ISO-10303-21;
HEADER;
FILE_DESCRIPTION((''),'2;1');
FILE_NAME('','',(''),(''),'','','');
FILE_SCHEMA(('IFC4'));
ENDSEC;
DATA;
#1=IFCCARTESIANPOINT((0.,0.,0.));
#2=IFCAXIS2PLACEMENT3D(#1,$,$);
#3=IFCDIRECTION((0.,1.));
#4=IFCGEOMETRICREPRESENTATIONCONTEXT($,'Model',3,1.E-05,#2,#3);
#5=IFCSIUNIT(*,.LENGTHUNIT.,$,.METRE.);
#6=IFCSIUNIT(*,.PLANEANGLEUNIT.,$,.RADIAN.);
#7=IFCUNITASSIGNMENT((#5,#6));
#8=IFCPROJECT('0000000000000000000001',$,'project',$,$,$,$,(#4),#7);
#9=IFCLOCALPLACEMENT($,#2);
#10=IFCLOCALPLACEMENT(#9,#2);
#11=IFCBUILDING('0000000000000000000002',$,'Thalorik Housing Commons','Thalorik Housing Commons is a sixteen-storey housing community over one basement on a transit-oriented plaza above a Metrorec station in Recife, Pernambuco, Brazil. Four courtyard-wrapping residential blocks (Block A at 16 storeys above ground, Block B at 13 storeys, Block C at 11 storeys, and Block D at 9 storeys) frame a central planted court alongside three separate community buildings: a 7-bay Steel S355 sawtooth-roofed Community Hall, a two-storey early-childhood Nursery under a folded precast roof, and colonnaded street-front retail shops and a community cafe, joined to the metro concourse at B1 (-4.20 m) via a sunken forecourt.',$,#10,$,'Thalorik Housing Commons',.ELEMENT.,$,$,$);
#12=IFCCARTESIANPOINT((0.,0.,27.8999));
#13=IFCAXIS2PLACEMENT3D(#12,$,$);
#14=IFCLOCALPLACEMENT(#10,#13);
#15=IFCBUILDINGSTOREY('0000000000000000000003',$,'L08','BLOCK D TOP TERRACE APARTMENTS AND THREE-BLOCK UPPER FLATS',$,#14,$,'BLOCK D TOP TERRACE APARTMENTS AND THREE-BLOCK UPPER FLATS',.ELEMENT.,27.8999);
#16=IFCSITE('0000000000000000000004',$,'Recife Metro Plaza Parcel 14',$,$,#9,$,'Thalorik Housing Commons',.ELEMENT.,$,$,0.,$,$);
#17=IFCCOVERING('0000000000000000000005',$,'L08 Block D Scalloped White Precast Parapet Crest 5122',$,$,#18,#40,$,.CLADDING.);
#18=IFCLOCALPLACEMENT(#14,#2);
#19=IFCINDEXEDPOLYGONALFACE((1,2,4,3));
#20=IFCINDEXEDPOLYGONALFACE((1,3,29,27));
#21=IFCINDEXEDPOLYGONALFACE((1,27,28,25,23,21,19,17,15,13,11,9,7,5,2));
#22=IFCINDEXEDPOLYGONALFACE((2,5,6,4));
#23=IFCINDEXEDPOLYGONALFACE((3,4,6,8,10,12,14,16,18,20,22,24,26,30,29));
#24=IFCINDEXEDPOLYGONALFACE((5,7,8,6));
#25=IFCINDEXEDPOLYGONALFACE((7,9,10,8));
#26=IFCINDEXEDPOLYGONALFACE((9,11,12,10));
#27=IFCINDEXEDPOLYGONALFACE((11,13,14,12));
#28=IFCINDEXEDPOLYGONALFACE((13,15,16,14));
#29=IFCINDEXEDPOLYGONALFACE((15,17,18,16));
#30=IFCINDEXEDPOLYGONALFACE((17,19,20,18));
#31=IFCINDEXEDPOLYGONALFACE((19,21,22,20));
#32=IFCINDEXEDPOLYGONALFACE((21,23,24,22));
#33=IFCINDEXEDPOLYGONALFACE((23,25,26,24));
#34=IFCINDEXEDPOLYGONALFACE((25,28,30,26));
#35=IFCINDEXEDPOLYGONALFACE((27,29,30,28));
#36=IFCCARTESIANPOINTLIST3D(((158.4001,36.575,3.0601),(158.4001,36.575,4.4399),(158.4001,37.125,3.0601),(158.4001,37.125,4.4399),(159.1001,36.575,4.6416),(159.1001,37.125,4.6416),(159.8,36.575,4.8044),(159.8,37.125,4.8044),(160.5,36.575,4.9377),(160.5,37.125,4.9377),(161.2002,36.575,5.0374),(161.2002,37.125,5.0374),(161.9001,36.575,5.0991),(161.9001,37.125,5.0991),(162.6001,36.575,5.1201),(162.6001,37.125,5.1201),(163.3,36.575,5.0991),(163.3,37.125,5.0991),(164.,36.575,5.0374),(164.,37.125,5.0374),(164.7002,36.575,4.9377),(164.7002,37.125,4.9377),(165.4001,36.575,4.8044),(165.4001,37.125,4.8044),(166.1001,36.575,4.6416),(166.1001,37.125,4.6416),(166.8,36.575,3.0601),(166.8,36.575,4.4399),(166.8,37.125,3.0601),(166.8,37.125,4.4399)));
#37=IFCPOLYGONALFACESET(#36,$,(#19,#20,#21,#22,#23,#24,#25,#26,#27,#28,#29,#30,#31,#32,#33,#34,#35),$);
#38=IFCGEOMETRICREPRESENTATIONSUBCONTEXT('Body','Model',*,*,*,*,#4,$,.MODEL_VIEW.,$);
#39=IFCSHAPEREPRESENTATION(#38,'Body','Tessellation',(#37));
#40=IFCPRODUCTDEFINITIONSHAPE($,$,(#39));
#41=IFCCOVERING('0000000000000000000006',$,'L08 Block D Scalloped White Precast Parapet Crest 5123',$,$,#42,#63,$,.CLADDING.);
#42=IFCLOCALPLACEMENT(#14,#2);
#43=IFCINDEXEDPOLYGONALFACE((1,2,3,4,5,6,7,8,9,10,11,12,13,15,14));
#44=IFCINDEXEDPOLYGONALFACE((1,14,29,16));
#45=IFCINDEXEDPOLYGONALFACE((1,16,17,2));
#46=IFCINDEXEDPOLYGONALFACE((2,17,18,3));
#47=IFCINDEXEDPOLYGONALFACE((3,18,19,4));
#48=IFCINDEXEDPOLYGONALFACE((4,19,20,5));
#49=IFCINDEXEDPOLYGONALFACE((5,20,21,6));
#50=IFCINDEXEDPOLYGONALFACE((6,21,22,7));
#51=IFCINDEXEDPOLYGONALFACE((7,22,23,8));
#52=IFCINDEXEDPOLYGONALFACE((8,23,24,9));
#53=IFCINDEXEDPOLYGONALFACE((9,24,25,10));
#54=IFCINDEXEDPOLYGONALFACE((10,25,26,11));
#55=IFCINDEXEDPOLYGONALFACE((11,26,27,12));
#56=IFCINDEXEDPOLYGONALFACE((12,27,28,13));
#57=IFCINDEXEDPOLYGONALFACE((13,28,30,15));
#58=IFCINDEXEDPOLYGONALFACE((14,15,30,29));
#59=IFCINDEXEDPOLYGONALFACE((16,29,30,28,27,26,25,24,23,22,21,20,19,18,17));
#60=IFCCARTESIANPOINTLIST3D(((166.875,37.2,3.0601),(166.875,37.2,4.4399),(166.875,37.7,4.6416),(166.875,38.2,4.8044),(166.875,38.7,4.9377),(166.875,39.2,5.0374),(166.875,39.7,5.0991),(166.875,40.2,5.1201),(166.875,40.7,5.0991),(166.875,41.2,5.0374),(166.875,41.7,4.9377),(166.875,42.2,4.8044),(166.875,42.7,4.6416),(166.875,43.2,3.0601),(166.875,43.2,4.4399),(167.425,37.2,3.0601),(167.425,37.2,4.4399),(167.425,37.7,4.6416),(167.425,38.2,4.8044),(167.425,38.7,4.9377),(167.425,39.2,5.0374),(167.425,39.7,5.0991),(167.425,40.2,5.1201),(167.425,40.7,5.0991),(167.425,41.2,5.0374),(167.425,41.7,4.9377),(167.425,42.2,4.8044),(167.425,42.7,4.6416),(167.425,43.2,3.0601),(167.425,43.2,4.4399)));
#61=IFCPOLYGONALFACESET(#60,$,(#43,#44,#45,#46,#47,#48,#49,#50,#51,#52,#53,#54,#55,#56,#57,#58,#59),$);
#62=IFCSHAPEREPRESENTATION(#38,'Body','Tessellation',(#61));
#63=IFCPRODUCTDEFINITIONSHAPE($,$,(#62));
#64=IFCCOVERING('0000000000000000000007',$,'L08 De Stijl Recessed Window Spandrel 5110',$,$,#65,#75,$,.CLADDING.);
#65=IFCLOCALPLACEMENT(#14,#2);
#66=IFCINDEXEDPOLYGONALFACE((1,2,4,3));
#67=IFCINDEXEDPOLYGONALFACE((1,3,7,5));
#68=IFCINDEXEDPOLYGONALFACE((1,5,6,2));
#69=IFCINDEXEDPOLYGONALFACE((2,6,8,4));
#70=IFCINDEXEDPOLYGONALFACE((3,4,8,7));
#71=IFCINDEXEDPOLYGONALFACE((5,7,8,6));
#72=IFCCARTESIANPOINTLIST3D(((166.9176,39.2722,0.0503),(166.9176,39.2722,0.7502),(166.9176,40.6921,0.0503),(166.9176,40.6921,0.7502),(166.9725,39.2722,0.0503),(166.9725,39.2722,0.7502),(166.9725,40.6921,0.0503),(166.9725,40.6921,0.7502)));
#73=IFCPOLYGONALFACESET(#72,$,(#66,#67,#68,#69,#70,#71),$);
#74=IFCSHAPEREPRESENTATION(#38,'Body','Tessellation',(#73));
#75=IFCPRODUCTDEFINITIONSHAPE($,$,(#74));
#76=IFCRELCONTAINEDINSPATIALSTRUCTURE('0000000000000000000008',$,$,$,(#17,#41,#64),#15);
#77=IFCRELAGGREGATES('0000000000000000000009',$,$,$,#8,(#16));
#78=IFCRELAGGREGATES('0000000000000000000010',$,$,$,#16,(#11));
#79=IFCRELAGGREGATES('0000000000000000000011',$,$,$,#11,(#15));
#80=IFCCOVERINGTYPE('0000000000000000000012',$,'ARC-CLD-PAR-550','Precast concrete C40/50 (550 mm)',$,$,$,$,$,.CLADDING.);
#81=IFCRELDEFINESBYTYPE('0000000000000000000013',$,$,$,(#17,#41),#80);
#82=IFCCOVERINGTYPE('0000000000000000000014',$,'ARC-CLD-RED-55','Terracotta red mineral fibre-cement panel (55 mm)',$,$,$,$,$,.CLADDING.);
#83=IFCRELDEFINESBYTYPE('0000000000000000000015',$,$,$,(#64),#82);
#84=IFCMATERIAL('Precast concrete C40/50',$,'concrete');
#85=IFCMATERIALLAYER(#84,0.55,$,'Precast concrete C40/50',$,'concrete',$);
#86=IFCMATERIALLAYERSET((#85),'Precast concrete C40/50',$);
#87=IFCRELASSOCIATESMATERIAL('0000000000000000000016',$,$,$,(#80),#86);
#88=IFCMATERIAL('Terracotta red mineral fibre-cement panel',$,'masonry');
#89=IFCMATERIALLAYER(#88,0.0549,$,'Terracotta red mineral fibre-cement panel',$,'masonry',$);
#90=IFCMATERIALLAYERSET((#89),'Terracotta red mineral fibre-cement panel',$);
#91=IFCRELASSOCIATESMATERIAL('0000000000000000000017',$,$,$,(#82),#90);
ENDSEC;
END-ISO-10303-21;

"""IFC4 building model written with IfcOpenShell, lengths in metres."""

from ifc_helpers import new_model, si_unit, direction, frame, origin, origin_2d, place, context, subcontext, project, spatial, polyline, rectangle, outline, extrude, material, layer, layer_set, type_object, element, save


model = new_model("IFC4")

# Units and contexts
model_context = context("Model", 3, precision=1e-05, world=origin(), true_north=direction((0.0, 1.0)))
body_context = subcontext(model_context, "Body", "Model", "MODEL_VIEW")
ifc_project = project(units=[si_unit("LENGTHUNIT", "METRE"), si_unit("PLANEANGLEUNIT", "RADIAN")], contexts=[model_context])

# Site, building, storey
site_placement = place(None, origin())
site = spatial("IfcSite", under=ifc_project, at=site_placement, Name="Recife Metro Plaza Parcel 14", LongName="Thalorik Housing Commons", CompositionType="ELEMENT", RefElevation=0.0)
building_placement = place(site_placement, origin())
building = spatial("IfcBuilding", under=site, at=building_placement, Name="Thalorik Housing Commons", Description="Thalorik Housing Commons is a sixteen-storey housing community over one basement on a transit-oriented plaza above a Metrorec station in Recife, Pernambuco, Brazil. Four courtyard-wrapping residential blocks (Block A at 16 storeys above ground, Block B at 13 storeys, Block C at 11 storeys, and Block D at 9 storeys) frame a central planted court alongside three separate community buildings: a 7-bay Steel S355 sawtooth-roofed Community Hall, a two-storey early-childhood Nursery under a folded precast roof, and colonnaded street-front retail shops and a community cafe, joined to the metro concourse at B1 (-4.20 m) via a sunken forecourt.", LongName="Thalorik Housing Commons", CompositionType="ELEMENT")
storey_placement = place(building_placement, frame((0.0, 0.0, 27.8999)))
storey = spatial("IfcBuildingStorey", under=building, at=storey_placement, Name="L08", Description="BLOCK D TOP TERRACE APARTMENTS AND THREE-BLOCK UPPER FLATS", LongName="BLOCK D TOP TERRACE APARTMENTS AND THREE-BLOCK UPPER FLATS", CompositionType="ELEMENT", Elevation=27.8999)

# Shared definitions
ifc_material_1 = material(Name="Precast concrete C40/50", Category="concrete")

# Coverings
ifc_layer_1 = layer(ifc_material_1, 0.55, Name="Precast concrete C40/50", Category="concrete")
ifc_layer_set_1 = layer_set([ifc_layer_1], Name="Precast concrete C40/50")
covering_type_1 = type_object("IfcCoveringType", Name="ARC-CLD-PAR-550", Description="Precast concrete C40/50 (550 mm)", PredefinedType="CLADDING", material=ifc_layer_set_1)
covering_1_placement = place(storey_placement, frame((162.6001, 36.8501, 3.0601), z_axis=(0.0, 0.0, 1.0), x_axis=(1.0, 0.0, 0.0)))
element("IfcCovering", 1, at=covering_1_placement, inside=storey, type_object=covering_type_1, Name="L08 Block D Scalloped White Precast Parapet Crest 5122", PredefinedType="CLADDING", context=body_context, shape_type="SweptSolid", body=[
    extrude(outline(polyline([(-4.2, 0.0), (4.2, 0.0), (4.2, 1.3799), (3.5, 1.5815), (2.8, 1.7444), (2.1001, 1.8777), (1.3999, 1.9773), (0.7, 2.0391), (0.0, 2.0601), (-0.7, 2.0391), (-1.3999, 1.9773), (-2.1001, 1.8777), (-2.8, 1.7444), (-3.5, 1.5815), (-4.2, 1.3799), (-4.2, 0.0)])), frame((0.0, 0.2749, 0.0), z_axis=(0.0, -1.0, 0.0), x_axis=(1.0, 0.0, 0.0)), (0.0, 0.0, 1.0), 0.55),
])
covering_2_placement = place(storey_placement, frame((167.1499, 40.2, 3.0601), z_axis=(0.0, 0.0, 1.0), x_axis=(0.0, 1.0, 0.0)))
element("IfcCovering", 2, at=covering_2_placement, inside=storey, type_object=covering_type_1, Name="L08 Block D Scalloped White Precast Parapet Crest 5123", PredefinedType="CLADDING", context=body_context, shape_type="SweptSolid", body=[
    extrude(outline(polyline([(-3.0, 0.0), (3.0, 0.0), (3.0, 1.3799), (2.5, 1.5815), (2.0, 1.7444), (1.5, 1.8777), (1.0, 1.9773), (0.5, 2.0391), (0.0, 2.0601), (-0.5, 2.0391), (-1.0, 1.9773), (-1.5, 1.8777), (-2.0, 1.7444), (-2.5, 1.5815), (-3.0, 1.3799), (-3.0, 0.0)])), frame((0.0, 0.2749, 0.0), z_axis=(0.0, -1.0, 0.0), x_axis=(1.0, 0.0, 0.0)), (0.0, 0.0, 1.0), 0.55),
])
ifc_material_2 = material(Name="Terracotta red mineral fibre-cement panel", Category="masonry")
ifc_layer_2 = layer(ifc_material_2, 0.0549, Name="Terracotta red mineral fibre-cement panel", Category="masonry")
ifc_layer_set_2 = layer_set([ifc_layer_2], Name="Terracotta red mineral fibre-cement panel")
covering_type_2 = type_object("IfcCoveringType", Name="ARC-CLD-RED-55", Description="Terracotta red mineral fibre-cement panel (55 mm)", PredefinedType="CLADDING", material=ifc_layer_set_2)
covering_3_placement = place(storey_placement, frame((166.9451, 39.9822, 0.0503), z_axis=(0.0, 0.0, 1.0), x_axis=(0.0, 1.0, 0.0)))
element("IfcCovering", 3, at=covering_3_placement, inside=storey, type_object=covering_type_2, Name="L08 De Stijl Recessed Window Spandrel 5110", PredefinedType="CLADDING", context=body_context, shape_type="SweptSolid", body=[
    extrude(rectangle(XDim=1.4199, YDim=0.0549, at=origin_2d()), origin(), (0.0, 0.0, 1.0), 0.7),
])

save(model, "model.ifc")
